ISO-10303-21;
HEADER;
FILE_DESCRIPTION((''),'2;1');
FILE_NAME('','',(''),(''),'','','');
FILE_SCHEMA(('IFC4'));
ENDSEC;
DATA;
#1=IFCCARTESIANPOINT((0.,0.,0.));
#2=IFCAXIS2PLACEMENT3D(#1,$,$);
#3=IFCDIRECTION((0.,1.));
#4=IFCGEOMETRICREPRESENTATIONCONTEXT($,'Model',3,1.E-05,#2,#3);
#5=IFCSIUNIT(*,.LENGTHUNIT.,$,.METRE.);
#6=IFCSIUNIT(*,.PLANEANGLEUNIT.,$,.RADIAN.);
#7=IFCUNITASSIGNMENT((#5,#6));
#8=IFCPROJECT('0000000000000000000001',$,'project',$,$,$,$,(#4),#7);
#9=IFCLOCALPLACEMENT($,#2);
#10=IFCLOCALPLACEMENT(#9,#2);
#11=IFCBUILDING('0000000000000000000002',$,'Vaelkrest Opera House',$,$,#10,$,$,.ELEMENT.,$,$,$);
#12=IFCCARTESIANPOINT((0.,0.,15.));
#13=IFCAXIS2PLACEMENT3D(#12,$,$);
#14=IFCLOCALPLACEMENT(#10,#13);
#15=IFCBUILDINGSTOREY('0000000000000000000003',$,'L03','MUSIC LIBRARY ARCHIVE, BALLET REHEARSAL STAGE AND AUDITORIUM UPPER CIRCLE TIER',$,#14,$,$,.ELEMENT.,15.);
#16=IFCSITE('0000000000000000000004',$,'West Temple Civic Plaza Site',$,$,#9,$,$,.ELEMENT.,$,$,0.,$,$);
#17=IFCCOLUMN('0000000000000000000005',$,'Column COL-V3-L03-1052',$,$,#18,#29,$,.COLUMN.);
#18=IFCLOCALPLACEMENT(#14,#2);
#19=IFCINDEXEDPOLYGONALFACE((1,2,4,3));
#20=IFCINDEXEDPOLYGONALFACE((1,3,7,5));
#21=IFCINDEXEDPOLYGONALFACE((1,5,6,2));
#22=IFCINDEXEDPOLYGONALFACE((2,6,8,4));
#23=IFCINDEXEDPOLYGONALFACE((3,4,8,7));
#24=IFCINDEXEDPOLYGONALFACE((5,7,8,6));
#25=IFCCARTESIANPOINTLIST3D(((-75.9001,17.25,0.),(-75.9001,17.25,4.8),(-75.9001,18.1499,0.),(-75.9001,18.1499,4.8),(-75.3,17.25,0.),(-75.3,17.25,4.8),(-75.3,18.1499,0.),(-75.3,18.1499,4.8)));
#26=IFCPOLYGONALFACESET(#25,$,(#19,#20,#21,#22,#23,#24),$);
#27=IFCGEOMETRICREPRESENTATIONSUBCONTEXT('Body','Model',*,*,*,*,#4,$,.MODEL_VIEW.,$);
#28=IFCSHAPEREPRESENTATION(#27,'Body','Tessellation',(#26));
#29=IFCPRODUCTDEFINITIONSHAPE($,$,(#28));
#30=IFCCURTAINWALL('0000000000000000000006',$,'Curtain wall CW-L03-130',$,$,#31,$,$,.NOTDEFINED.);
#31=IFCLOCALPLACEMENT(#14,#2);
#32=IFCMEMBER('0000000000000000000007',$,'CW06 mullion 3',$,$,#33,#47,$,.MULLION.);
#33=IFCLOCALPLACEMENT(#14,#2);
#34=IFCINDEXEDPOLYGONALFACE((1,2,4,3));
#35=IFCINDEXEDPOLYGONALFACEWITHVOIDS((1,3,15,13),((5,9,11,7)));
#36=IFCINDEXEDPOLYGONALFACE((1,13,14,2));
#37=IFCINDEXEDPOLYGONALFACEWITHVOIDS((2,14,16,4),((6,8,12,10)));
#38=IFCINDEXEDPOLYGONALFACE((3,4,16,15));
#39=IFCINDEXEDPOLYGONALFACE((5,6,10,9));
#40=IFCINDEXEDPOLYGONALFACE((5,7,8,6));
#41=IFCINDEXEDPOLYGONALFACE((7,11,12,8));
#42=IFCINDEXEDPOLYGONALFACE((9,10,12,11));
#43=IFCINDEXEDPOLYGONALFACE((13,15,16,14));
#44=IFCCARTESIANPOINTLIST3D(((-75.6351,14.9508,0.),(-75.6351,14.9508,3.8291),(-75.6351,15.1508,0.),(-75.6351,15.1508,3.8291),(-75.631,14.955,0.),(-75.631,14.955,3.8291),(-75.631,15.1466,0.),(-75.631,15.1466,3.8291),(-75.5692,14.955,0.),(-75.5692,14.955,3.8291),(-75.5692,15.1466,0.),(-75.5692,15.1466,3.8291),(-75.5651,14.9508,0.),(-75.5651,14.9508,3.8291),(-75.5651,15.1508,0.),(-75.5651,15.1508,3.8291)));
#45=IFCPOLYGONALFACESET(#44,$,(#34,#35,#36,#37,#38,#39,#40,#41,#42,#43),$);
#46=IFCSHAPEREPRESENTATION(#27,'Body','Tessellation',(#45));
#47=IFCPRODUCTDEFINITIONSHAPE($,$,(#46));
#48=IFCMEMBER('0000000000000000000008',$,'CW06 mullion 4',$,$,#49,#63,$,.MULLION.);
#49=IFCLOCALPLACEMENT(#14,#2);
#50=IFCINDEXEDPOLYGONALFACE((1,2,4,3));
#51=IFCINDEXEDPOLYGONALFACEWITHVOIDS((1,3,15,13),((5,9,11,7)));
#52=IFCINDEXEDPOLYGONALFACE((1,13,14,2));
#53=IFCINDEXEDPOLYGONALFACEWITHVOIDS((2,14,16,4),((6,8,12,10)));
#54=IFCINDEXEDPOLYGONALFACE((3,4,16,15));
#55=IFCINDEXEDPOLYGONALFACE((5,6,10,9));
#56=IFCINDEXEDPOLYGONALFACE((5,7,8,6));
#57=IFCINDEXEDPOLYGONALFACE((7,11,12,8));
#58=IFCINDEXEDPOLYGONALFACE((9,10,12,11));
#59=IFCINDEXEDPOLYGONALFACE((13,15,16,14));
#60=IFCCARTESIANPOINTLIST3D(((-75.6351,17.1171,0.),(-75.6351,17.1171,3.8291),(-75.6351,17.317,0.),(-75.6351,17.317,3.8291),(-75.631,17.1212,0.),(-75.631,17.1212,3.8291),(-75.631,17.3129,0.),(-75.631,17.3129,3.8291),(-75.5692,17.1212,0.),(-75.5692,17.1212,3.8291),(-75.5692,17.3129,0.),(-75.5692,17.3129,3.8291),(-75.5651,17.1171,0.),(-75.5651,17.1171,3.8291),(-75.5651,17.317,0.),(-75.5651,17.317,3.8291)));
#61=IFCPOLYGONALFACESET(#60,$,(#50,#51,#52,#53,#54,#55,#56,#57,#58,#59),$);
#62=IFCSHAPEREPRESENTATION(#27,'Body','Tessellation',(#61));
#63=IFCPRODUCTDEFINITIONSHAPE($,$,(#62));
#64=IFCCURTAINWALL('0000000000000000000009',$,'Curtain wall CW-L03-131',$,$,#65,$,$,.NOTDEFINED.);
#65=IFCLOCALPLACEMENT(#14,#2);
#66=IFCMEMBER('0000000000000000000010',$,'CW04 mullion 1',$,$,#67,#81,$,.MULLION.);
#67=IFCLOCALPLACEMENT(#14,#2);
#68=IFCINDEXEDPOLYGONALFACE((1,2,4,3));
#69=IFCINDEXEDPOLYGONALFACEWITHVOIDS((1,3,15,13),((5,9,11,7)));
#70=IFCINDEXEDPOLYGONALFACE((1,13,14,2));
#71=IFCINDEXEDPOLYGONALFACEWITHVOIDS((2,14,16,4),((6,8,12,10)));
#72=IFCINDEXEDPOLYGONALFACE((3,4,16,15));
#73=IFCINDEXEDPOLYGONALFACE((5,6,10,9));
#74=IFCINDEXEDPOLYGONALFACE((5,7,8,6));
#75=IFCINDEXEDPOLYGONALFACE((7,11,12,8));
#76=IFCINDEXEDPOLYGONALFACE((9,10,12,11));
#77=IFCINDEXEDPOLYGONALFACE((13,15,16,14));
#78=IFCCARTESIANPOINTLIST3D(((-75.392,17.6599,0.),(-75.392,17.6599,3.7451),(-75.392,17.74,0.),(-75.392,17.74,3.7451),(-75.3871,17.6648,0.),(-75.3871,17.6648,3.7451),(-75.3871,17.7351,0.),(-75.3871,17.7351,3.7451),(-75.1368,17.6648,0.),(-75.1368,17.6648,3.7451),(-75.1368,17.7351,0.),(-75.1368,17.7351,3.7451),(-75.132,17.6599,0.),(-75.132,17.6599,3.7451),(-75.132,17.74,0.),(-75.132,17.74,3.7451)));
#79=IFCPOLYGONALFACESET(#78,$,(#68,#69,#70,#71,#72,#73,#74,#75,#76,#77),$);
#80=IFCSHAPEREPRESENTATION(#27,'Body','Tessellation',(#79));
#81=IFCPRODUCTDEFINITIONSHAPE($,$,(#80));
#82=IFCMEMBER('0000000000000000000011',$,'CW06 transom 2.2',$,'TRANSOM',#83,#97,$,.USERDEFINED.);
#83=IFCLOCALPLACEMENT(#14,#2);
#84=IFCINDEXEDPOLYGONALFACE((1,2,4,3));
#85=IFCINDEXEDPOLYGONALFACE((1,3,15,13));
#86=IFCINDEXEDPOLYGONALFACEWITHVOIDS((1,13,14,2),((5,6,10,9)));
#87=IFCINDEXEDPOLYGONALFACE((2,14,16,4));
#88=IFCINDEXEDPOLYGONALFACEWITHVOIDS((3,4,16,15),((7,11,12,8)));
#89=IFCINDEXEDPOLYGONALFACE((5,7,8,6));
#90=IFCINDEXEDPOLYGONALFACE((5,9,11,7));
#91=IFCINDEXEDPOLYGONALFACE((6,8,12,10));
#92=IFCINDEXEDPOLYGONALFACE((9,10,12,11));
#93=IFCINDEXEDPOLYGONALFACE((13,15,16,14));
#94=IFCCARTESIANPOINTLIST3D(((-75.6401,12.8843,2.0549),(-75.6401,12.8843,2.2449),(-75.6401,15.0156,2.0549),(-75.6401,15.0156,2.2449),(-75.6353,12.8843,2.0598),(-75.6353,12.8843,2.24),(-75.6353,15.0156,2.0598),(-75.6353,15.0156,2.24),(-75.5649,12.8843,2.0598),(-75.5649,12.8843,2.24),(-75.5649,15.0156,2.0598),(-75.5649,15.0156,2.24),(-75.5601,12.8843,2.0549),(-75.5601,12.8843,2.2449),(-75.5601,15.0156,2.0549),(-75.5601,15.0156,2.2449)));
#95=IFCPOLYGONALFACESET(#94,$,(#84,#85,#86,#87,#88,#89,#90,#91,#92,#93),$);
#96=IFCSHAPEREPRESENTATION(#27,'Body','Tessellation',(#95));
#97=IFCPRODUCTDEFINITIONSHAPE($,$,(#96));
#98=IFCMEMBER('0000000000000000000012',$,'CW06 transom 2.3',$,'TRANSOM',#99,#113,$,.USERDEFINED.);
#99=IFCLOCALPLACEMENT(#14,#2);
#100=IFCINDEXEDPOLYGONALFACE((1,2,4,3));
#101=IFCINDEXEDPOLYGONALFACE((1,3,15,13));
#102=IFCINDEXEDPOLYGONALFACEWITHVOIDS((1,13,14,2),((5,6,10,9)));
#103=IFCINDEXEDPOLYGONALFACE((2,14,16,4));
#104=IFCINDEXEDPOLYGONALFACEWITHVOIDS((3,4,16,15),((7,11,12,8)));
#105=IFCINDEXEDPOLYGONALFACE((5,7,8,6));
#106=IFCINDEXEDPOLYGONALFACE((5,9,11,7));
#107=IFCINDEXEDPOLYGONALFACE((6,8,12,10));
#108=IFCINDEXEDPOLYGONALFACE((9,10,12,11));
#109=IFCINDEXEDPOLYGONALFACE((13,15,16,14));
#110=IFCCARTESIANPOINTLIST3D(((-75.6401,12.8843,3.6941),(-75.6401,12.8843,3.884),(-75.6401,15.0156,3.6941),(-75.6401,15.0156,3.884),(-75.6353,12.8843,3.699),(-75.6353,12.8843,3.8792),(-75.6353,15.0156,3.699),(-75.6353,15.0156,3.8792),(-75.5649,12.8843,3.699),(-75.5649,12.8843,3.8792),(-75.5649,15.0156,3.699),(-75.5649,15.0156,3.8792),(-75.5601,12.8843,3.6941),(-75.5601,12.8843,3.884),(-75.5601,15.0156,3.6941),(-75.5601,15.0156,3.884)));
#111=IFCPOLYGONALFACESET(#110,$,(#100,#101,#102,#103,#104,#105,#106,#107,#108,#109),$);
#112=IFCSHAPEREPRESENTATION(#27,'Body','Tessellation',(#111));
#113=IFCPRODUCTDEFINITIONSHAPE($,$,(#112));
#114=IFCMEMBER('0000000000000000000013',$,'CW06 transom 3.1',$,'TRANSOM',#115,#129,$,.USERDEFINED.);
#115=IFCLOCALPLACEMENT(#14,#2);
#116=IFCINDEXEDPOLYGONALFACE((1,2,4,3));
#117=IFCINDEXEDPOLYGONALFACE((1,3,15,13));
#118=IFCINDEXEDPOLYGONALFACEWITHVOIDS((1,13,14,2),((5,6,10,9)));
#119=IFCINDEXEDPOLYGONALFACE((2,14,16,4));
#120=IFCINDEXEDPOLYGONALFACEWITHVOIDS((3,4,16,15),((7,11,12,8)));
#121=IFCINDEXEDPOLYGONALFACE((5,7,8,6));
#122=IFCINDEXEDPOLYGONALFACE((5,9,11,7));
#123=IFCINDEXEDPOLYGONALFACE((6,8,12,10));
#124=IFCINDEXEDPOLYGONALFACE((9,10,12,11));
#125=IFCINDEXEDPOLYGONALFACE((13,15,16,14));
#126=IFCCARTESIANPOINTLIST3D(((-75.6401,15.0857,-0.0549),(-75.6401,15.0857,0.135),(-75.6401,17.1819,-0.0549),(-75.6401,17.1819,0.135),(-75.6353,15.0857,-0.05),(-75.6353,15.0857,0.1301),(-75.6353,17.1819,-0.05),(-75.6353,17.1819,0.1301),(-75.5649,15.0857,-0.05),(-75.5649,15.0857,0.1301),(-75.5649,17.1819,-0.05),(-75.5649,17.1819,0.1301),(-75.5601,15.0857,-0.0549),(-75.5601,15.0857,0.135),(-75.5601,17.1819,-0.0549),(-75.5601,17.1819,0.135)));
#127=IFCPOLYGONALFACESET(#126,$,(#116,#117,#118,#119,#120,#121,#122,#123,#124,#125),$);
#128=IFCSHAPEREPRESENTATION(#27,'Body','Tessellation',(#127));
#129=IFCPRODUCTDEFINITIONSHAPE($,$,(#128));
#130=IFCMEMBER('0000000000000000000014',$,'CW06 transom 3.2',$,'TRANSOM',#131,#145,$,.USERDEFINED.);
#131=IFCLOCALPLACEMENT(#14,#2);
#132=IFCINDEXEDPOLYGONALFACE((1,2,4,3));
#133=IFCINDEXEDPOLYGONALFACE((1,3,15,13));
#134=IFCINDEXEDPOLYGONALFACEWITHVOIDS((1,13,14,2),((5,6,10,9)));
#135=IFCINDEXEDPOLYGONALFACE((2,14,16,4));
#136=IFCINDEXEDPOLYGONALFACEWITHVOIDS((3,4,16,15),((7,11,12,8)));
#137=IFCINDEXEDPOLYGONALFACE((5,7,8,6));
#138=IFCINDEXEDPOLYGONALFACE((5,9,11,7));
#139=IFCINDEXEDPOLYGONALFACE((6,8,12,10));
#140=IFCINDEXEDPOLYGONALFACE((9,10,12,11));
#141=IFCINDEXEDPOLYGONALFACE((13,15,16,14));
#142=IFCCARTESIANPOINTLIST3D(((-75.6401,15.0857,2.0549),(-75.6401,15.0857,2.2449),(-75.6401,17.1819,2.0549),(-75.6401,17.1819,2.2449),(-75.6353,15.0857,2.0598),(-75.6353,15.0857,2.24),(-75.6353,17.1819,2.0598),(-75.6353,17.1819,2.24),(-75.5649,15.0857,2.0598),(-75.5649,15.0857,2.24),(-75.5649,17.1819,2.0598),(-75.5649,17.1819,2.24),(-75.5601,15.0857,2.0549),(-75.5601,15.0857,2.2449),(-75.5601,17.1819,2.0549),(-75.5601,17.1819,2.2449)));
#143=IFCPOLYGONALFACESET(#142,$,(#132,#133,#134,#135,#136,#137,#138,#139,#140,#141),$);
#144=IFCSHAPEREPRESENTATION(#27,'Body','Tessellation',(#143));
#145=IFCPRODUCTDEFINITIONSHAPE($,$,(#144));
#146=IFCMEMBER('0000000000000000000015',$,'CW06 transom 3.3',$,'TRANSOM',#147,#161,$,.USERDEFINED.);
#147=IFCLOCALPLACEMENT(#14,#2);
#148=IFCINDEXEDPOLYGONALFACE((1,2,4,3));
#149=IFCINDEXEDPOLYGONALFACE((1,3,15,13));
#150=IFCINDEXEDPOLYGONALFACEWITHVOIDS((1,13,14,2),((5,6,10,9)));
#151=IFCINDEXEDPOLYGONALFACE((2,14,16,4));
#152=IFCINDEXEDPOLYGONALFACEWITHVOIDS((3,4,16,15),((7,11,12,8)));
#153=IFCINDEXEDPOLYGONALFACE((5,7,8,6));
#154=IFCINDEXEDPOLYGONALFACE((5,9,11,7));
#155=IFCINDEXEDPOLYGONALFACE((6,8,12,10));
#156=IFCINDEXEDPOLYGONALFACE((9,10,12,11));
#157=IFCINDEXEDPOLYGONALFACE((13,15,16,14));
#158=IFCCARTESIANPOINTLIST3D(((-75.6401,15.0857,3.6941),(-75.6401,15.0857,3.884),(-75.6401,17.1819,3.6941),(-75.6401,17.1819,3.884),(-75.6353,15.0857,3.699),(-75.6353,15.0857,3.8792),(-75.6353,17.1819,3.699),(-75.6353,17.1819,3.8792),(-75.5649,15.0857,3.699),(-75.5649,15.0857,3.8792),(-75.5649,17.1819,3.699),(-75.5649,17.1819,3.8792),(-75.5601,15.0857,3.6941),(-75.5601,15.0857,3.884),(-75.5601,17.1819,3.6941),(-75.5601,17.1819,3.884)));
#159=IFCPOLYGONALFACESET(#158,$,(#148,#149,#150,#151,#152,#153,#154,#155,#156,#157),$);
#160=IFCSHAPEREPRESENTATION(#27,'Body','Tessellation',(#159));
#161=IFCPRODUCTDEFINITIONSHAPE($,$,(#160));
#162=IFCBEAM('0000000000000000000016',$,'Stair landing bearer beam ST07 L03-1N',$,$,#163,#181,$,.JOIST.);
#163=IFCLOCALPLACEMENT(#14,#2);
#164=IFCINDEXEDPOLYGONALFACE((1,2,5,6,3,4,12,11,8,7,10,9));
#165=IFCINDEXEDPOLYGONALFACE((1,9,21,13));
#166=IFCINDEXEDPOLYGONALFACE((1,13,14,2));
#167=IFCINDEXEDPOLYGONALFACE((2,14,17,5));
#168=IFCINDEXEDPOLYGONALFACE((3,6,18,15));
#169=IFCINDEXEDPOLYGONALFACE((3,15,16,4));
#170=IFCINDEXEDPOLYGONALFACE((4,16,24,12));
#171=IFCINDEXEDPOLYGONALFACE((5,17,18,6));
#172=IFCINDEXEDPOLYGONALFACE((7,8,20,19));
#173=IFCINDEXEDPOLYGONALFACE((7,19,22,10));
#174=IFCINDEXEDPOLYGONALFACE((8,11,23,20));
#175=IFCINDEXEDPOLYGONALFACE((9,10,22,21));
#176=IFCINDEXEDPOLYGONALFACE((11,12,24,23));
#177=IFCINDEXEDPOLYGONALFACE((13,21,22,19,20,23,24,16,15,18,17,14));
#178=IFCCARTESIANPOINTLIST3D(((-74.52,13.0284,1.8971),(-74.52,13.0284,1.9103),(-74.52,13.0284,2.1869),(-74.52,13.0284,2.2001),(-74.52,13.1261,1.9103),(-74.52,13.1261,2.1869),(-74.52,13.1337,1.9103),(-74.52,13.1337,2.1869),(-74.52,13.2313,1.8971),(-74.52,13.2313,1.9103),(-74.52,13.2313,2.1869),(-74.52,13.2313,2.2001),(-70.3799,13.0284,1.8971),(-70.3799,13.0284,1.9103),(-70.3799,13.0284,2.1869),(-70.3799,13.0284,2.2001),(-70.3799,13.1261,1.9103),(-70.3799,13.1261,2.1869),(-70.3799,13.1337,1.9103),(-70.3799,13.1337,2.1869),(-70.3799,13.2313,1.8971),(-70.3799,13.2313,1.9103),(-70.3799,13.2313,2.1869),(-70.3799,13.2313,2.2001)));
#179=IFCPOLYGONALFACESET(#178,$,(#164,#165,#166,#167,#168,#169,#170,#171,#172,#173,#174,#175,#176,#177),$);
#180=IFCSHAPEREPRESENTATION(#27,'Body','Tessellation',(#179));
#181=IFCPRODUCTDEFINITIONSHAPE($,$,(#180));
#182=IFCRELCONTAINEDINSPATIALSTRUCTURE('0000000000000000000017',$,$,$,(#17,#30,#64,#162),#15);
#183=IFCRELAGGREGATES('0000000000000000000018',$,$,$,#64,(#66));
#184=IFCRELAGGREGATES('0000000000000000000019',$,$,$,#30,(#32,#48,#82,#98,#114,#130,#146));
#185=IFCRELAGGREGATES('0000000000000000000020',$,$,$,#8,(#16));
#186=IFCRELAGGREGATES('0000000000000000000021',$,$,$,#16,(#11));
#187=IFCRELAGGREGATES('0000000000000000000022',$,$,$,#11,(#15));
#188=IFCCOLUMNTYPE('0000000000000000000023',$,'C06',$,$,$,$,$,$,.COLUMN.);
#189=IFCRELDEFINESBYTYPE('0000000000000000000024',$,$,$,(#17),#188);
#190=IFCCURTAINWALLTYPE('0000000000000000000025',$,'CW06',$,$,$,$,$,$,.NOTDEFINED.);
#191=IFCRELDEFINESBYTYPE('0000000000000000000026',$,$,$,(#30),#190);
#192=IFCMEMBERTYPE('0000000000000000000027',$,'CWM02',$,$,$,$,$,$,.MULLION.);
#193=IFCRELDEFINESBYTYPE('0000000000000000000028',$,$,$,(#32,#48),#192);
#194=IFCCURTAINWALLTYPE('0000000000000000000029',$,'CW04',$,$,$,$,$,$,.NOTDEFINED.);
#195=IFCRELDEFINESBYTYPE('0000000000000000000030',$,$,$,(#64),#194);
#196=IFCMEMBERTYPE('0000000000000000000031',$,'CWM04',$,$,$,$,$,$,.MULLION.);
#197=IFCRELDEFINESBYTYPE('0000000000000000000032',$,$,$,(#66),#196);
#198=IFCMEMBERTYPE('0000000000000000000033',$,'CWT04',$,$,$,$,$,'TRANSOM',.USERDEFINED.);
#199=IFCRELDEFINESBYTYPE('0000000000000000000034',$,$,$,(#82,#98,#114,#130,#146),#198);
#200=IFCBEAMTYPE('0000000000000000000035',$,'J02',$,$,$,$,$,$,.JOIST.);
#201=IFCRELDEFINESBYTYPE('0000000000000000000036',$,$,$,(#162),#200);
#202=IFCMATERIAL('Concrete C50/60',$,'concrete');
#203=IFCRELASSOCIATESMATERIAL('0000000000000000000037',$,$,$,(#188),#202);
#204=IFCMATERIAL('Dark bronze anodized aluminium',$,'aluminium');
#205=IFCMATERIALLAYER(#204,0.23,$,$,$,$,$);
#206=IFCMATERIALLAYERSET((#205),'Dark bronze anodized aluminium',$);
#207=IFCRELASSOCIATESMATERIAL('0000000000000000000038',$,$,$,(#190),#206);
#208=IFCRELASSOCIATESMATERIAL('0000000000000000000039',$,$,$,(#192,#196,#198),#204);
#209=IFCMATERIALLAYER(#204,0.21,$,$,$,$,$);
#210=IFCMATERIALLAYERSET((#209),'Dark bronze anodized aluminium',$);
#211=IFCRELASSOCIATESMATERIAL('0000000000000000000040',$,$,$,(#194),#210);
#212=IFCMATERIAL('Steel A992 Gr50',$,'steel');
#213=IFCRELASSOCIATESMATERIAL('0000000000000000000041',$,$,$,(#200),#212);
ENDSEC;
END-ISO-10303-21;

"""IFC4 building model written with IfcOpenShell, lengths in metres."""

from ifc_helpers import new_model, si_unit, direction, frame, origin, origin_2d, place, context, subcontext, project, spatial, rectangle, hollow_rectangle, i_section, extrude, material, layer, layer_set, material_profile, profile_set, type_object, element, aggregate, save


model = new_model("IFC4")

# Units and contexts
model_context = context("Model", 3, precision=1e-05, world=origin(), true_north=direction((0.0, 1.0)))
body_context = subcontext(model_context, "Body", "Model", "MODEL_VIEW")
ifc_project = project(units=[si_unit("LENGTHUNIT", "METRE"), si_unit("PLANEANGLEUNIT", "RADIAN")], contexts=[model_context])

# Site, building, storey
site_placement = place(None, origin())
site = spatial("IfcSite", under=ifc_project, at=site_placement, Name="West Temple Civic Plaza Site", CompositionType="ELEMENT", RefElevation=0.0)
building_placement = place(site_placement, origin())
building = spatial("IfcBuilding", under=site, at=building_placement, Name="Vaelkrest Opera House", CompositionType="ELEMENT")
storey_placement = place(building_placement, frame((0.0, 0.0, 15.0)))
storey = spatial("IfcBuildingStorey", under=building, at=storey_placement, Name="L03", Description="MUSIC LIBRARY ARCHIVE, BALLET REHEARSAL STAGE AND AUDITORIUM UPPER CIRCLE TIER", CompositionType="ELEMENT", Elevation=15.0)

# Column
ifc_material_1 = material(Name="Concrete C50/60", Category="concrete")
ifc_material_profile_1 = material_profile(ifc_material_1, rectangle(XDim=0.6001, YDim=0.8999, at=origin_2d()), Name="RC600X900")
ifc_profile_set_1 = profile_set([ifc_material_profile_1], Name="Concrete C50/60")
column_type = type_object("IfcColumnType", Name="C06", PredefinedType="COLUMN", material=ifc_profile_set_1)
column_placement = place(storey_placement, frame((-75.6001, 17.7, 0.0), z_axis=(0.0, 0.0, 1.0), x_axis=(1.0, 0.0, 0.0)))
element("IfcColumn", 1, at=column_placement, inside=storey, type_object=column_type, Name="Column COL-V3-L03-1052", PredefinedType="COLUMN", context=body_context, shape_type="SweptSolid", body=[
    extrude(rectangle(XDim=0.6001, YDim=0.8999, at=origin_2d()), origin(), (0.0, 0.0, 1.0), 4.8),
])

# Curtain wall, members
ifc_material_2 = material(Name="Dark bronze anodized aluminium", Category="aluminium")
ifc_layer_1 = layer(ifc_material_2, 0.23)
ifc_layer_set_1 = layer_set([ifc_layer_1], Name="Dark bronze anodized aluminium")
curtain_wall_type_1 = type_object("IfcCurtainWallType", Name="CW06", PredefinedType="NOTDEFINED", material=ifc_layer_set_1)
curtain_wall_1_placement = place(storey_placement, origin())
curtain_wall_1 = element("IfcCurtainWall", 2, at=curtain_wall_1_placement, inside=storey, type_object=curtain_wall_type_1, Name="Curtain wall CW-L03-130", PredefinedType="NOTDEFINED")
ifc_material_profile_2 = material_profile(ifc_material_2, hollow_rectangle(XDim=0.0701, YDim=0.2, WallThickness=0.0042, at=origin_2d()), Name="CWM70X200")
ifc_profile_set_2 = profile_set([ifc_material_profile_2], Name="Dark bronze anodized aluminium")
member_type_1 = type_object("IfcMemberType", Name="CWM02", PredefinedType="MULLION", material=ifc_profile_set_2)
member_1_placement = place(storey_placement, frame((-75.6001, 15.0508, 0.0), z_axis=(0.0, 0.0, 1.0), x_axis=(-1.0, 0.0, 0.0)))
member_1 = element("IfcMember", 3, at=member_1_placement, type_object=member_type_1, Name="CW06 mullion 3", PredefinedType="MULLION", context=body_context, shape_type="SweptSolid", body=[
    extrude(hollow_rectangle(XDim=0.0701, YDim=0.2, WallThickness=0.0042, at=origin_2d()), origin(), (0.0, 0.0, 1.0), 3.8291),
])
member_2_placement = place(storey_placement, frame((-75.6001, 17.217, 0.0), z_axis=(0.0, 0.0, 1.0), x_axis=(-1.0, 0.0, 0.0)))
member_2 = element("IfcMember", 4, at=member_2_placement, type_object=member_type_1, Name="CW06 mullion 4", PredefinedType="MULLION", context=body_context, shape_type="SweptSolid", body=[
    extrude(hollow_rectangle(XDim=0.0701, YDim=0.2, WallThickness=0.0042, at=origin_2d()), origin(), (0.0, 0.0, 1.0), 3.8291),
])

# Curtain wall, member
ifc_layer_2 = layer(ifc_material_2, 0.21)
ifc_layer_set_2 = layer_set([ifc_layer_2], Name="Dark bronze anodized aluminium")
curtain_wall_type_2 = type_object("IfcCurtainWallType", Name="CW04", PredefinedType="NOTDEFINED", material=ifc_layer_set_2)
curtain_wall_2_placement = place(storey_placement, origin())
curtain_wall_2 = element("IfcCurtainWall", 5, at=curtain_wall_2_placement, inside=storey, type_object=curtain_wall_type_2, Name="Curtain wall CW-L03-131", PredefinedType="NOTDEFINED")
ifc_material_profile_3 = material_profile(ifc_material_2, hollow_rectangle(XDim=0.0801, YDim=0.26, WallThickness=0.0049, at=origin_2d()), Name="CWM80X260")
ifc_profile_set_3 = profile_set([ifc_material_profile_3], Name="Dark bronze anodized aluminium")
member_type_2 = type_object("IfcMemberType", Name="CWM04", PredefinedType="MULLION", material=ifc_profile_set_3)
member_3_placement = place(storey_placement, frame((-75.262, 17.7, 0.0), z_axis=(0.0, 0.0, 1.0), x_axis=(0.0, 1.0, 0.0)))
member_3 = element("IfcMember", 6, at=member_3_placement, type_object=member_type_2, Name="CW04 mullion 1", PredefinedType="MULLION", context=body_context, shape_type="SweptSolid", body=[
    extrude(hollow_rectangle(XDim=0.0801, YDim=0.26, WallThickness=0.0049, at=origin_2d()), origin(), (0.0, 0.0, 1.0), 3.7451),
])
aggregate(curtain_wall_2, [member_3])

# Members
ifc_material_profile_4 = material_profile(ifc_material_2, hollow_rectangle(XDim=0.0801, YDim=0.1899, WallThickness=0.0049, at=origin_2d()), Name="CWT80X190")
ifc_profile_set_4 = profile_set([ifc_material_profile_4], Name="Dark bronze anodized aluminium")
member_type_3 = type_object("IfcMemberType", Name="CWT04", ElementType="TRANSOM", PredefinedType="USERDEFINED", material=ifc_profile_set_4)
member_4_placement = place(storey_placement, frame((-75.6001, 12.8843, 2.1499), z_axis=(0.0, 1.0, 0.0), x_axis=(-1.0, 0.0, 0.0)))
member_4 = element("IfcMember", 7, at=member_4_placement, type_object=member_type_3, Name="CW06 transom 2.2", ObjectType="TRANSOM", PredefinedType="USERDEFINED", context=body_context, shape_type="SweptSolid", body=[
    extrude(hollow_rectangle(XDim=0.0801, YDim=0.1899, WallThickness=0.0049, at=origin_2d()), origin(), (0.0, 0.0, 1.0), 2.1313),
])
member_5_placement = place(storey_placement, frame((-75.6001, 12.8843, 3.7891), z_axis=(0.0, 1.0, 0.0), x_axis=(-1.0, 0.0, 0.0)))
member_5 = element("IfcMember", 8, at=member_5_placement, type_object=member_type_3, Name="CW06 transom 2.3", ObjectType="TRANSOM", PredefinedType="USERDEFINED", context=body_context, shape_type="SweptSolid", body=[
    extrude(hollow_rectangle(XDim=0.0801, YDim=0.1899, WallThickness=0.0049, at=origin_2d()), origin(), (0.0, 0.0, 1.0), 2.1313),
])
member_6_placement = place(storey_placement, frame((-75.6001, 15.0857, 0.04), z_axis=(0.0, 1.0, 0.0), x_axis=(-1.0, 0.0, 0.0)))
member_6 = element("IfcMember", 9, at=member_6_placement, type_object=member_type_3, Name="CW06 transom 3.1", ObjectType="TRANSOM", PredefinedType="USERDEFINED", context=body_context, shape_type="SweptSolid", body=[
    extrude(hollow_rectangle(XDim=0.0801, YDim=0.1899, WallThickness=0.0049, at=origin_2d()), origin(), (0.0, 0.0, 1.0), 2.0962),
])
member_7_placement = place(storey_placement, frame((-75.6001, 15.0857, 2.1499), z_axis=(0.0, 1.0, 0.0), x_axis=(-1.0, 0.0, 0.0)))
member_7 = element("IfcMember", 10, at=member_7_placement, type_object=member_type_3, Name="CW06 transom 3.2", ObjectType="TRANSOM", PredefinedType="USERDEFINED", context=body_context, shape_type="SweptSolid", body=[
    extrude(hollow_rectangle(XDim=0.0801, YDim=0.1899, WallThickness=0.0049, at=origin_2d()), origin(), (0.0, 0.0, 1.0), 2.0962),
])
member_8_placement = place(storey_placement, frame((-75.6001, 15.0857, 3.7891), z_axis=(0.0, 1.0, 0.0), x_axis=(-1.0, 0.0, 0.0)))
member_8 = element("IfcMember", 11, at=member_8_placement, type_object=member_type_3, Name="CW06 transom 3.3", ObjectType="TRANSOM", PredefinedType="USERDEFINED", context=body_context, shape_type="SweptSolid", body=[
    extrude(hollow_rectangle(XDim=0.0801, YDim=0.1899, WallThickness=0.0049, at=origin_2d()), origin(), (0.0, 0.0, 1.0), 2.0962),
])

# Beam
ifc_material_3 = material(Name="Steel A992 Gr50", Category="steel")
ifc_material_profile_5 = material_profile(ifc_material_3, i_section(OverallWidth=0.2029, OverallDepth=0.303, WebThickness=0.0076, FlangeThickness=0.0132, at=origin_2d()), Name="W12X40")
ifc_profile_set_5 = profile_set([ifc_material_profile_5], Name="Steel A992 Gr50")
beam_type_1 = type_object("IfcBeamType", Name="J02", PredefinedType="JOIST", material=ifc_profile_set_5)
for number, where, z_axis, x_axis, name in (
    (12, (-74.52, 13.1299, 2.0486), (1.0, 0.0, 0.0), (0.0, 1.0, 0.0), "Stair landing bearer beam ST07 L03-1N"),
):
    element("IfcBeam", number, at=place(storey_placement, frame(where, z_axis=z_axis, x_axis=x_axis)), inside=storey, type_object=beam_type_1, Name=name, PredefinedType="JOIST", context=body_context, shape_type="SweptSolid", body=[
        extrude(i_section(OverallWidth=0.2029, OverallDepth=0.303, WebThickness=0.0076, FlangeThickness=0.0132, at=origin_2d()), origin(), (0.0, 0.0, 1.0), 4.1401),
    ])

aggregate(curtain_wall_1, [member_1, member_2, member_4, member_5, member_6, member_7, member_8])

save(model, "model.ifc")
